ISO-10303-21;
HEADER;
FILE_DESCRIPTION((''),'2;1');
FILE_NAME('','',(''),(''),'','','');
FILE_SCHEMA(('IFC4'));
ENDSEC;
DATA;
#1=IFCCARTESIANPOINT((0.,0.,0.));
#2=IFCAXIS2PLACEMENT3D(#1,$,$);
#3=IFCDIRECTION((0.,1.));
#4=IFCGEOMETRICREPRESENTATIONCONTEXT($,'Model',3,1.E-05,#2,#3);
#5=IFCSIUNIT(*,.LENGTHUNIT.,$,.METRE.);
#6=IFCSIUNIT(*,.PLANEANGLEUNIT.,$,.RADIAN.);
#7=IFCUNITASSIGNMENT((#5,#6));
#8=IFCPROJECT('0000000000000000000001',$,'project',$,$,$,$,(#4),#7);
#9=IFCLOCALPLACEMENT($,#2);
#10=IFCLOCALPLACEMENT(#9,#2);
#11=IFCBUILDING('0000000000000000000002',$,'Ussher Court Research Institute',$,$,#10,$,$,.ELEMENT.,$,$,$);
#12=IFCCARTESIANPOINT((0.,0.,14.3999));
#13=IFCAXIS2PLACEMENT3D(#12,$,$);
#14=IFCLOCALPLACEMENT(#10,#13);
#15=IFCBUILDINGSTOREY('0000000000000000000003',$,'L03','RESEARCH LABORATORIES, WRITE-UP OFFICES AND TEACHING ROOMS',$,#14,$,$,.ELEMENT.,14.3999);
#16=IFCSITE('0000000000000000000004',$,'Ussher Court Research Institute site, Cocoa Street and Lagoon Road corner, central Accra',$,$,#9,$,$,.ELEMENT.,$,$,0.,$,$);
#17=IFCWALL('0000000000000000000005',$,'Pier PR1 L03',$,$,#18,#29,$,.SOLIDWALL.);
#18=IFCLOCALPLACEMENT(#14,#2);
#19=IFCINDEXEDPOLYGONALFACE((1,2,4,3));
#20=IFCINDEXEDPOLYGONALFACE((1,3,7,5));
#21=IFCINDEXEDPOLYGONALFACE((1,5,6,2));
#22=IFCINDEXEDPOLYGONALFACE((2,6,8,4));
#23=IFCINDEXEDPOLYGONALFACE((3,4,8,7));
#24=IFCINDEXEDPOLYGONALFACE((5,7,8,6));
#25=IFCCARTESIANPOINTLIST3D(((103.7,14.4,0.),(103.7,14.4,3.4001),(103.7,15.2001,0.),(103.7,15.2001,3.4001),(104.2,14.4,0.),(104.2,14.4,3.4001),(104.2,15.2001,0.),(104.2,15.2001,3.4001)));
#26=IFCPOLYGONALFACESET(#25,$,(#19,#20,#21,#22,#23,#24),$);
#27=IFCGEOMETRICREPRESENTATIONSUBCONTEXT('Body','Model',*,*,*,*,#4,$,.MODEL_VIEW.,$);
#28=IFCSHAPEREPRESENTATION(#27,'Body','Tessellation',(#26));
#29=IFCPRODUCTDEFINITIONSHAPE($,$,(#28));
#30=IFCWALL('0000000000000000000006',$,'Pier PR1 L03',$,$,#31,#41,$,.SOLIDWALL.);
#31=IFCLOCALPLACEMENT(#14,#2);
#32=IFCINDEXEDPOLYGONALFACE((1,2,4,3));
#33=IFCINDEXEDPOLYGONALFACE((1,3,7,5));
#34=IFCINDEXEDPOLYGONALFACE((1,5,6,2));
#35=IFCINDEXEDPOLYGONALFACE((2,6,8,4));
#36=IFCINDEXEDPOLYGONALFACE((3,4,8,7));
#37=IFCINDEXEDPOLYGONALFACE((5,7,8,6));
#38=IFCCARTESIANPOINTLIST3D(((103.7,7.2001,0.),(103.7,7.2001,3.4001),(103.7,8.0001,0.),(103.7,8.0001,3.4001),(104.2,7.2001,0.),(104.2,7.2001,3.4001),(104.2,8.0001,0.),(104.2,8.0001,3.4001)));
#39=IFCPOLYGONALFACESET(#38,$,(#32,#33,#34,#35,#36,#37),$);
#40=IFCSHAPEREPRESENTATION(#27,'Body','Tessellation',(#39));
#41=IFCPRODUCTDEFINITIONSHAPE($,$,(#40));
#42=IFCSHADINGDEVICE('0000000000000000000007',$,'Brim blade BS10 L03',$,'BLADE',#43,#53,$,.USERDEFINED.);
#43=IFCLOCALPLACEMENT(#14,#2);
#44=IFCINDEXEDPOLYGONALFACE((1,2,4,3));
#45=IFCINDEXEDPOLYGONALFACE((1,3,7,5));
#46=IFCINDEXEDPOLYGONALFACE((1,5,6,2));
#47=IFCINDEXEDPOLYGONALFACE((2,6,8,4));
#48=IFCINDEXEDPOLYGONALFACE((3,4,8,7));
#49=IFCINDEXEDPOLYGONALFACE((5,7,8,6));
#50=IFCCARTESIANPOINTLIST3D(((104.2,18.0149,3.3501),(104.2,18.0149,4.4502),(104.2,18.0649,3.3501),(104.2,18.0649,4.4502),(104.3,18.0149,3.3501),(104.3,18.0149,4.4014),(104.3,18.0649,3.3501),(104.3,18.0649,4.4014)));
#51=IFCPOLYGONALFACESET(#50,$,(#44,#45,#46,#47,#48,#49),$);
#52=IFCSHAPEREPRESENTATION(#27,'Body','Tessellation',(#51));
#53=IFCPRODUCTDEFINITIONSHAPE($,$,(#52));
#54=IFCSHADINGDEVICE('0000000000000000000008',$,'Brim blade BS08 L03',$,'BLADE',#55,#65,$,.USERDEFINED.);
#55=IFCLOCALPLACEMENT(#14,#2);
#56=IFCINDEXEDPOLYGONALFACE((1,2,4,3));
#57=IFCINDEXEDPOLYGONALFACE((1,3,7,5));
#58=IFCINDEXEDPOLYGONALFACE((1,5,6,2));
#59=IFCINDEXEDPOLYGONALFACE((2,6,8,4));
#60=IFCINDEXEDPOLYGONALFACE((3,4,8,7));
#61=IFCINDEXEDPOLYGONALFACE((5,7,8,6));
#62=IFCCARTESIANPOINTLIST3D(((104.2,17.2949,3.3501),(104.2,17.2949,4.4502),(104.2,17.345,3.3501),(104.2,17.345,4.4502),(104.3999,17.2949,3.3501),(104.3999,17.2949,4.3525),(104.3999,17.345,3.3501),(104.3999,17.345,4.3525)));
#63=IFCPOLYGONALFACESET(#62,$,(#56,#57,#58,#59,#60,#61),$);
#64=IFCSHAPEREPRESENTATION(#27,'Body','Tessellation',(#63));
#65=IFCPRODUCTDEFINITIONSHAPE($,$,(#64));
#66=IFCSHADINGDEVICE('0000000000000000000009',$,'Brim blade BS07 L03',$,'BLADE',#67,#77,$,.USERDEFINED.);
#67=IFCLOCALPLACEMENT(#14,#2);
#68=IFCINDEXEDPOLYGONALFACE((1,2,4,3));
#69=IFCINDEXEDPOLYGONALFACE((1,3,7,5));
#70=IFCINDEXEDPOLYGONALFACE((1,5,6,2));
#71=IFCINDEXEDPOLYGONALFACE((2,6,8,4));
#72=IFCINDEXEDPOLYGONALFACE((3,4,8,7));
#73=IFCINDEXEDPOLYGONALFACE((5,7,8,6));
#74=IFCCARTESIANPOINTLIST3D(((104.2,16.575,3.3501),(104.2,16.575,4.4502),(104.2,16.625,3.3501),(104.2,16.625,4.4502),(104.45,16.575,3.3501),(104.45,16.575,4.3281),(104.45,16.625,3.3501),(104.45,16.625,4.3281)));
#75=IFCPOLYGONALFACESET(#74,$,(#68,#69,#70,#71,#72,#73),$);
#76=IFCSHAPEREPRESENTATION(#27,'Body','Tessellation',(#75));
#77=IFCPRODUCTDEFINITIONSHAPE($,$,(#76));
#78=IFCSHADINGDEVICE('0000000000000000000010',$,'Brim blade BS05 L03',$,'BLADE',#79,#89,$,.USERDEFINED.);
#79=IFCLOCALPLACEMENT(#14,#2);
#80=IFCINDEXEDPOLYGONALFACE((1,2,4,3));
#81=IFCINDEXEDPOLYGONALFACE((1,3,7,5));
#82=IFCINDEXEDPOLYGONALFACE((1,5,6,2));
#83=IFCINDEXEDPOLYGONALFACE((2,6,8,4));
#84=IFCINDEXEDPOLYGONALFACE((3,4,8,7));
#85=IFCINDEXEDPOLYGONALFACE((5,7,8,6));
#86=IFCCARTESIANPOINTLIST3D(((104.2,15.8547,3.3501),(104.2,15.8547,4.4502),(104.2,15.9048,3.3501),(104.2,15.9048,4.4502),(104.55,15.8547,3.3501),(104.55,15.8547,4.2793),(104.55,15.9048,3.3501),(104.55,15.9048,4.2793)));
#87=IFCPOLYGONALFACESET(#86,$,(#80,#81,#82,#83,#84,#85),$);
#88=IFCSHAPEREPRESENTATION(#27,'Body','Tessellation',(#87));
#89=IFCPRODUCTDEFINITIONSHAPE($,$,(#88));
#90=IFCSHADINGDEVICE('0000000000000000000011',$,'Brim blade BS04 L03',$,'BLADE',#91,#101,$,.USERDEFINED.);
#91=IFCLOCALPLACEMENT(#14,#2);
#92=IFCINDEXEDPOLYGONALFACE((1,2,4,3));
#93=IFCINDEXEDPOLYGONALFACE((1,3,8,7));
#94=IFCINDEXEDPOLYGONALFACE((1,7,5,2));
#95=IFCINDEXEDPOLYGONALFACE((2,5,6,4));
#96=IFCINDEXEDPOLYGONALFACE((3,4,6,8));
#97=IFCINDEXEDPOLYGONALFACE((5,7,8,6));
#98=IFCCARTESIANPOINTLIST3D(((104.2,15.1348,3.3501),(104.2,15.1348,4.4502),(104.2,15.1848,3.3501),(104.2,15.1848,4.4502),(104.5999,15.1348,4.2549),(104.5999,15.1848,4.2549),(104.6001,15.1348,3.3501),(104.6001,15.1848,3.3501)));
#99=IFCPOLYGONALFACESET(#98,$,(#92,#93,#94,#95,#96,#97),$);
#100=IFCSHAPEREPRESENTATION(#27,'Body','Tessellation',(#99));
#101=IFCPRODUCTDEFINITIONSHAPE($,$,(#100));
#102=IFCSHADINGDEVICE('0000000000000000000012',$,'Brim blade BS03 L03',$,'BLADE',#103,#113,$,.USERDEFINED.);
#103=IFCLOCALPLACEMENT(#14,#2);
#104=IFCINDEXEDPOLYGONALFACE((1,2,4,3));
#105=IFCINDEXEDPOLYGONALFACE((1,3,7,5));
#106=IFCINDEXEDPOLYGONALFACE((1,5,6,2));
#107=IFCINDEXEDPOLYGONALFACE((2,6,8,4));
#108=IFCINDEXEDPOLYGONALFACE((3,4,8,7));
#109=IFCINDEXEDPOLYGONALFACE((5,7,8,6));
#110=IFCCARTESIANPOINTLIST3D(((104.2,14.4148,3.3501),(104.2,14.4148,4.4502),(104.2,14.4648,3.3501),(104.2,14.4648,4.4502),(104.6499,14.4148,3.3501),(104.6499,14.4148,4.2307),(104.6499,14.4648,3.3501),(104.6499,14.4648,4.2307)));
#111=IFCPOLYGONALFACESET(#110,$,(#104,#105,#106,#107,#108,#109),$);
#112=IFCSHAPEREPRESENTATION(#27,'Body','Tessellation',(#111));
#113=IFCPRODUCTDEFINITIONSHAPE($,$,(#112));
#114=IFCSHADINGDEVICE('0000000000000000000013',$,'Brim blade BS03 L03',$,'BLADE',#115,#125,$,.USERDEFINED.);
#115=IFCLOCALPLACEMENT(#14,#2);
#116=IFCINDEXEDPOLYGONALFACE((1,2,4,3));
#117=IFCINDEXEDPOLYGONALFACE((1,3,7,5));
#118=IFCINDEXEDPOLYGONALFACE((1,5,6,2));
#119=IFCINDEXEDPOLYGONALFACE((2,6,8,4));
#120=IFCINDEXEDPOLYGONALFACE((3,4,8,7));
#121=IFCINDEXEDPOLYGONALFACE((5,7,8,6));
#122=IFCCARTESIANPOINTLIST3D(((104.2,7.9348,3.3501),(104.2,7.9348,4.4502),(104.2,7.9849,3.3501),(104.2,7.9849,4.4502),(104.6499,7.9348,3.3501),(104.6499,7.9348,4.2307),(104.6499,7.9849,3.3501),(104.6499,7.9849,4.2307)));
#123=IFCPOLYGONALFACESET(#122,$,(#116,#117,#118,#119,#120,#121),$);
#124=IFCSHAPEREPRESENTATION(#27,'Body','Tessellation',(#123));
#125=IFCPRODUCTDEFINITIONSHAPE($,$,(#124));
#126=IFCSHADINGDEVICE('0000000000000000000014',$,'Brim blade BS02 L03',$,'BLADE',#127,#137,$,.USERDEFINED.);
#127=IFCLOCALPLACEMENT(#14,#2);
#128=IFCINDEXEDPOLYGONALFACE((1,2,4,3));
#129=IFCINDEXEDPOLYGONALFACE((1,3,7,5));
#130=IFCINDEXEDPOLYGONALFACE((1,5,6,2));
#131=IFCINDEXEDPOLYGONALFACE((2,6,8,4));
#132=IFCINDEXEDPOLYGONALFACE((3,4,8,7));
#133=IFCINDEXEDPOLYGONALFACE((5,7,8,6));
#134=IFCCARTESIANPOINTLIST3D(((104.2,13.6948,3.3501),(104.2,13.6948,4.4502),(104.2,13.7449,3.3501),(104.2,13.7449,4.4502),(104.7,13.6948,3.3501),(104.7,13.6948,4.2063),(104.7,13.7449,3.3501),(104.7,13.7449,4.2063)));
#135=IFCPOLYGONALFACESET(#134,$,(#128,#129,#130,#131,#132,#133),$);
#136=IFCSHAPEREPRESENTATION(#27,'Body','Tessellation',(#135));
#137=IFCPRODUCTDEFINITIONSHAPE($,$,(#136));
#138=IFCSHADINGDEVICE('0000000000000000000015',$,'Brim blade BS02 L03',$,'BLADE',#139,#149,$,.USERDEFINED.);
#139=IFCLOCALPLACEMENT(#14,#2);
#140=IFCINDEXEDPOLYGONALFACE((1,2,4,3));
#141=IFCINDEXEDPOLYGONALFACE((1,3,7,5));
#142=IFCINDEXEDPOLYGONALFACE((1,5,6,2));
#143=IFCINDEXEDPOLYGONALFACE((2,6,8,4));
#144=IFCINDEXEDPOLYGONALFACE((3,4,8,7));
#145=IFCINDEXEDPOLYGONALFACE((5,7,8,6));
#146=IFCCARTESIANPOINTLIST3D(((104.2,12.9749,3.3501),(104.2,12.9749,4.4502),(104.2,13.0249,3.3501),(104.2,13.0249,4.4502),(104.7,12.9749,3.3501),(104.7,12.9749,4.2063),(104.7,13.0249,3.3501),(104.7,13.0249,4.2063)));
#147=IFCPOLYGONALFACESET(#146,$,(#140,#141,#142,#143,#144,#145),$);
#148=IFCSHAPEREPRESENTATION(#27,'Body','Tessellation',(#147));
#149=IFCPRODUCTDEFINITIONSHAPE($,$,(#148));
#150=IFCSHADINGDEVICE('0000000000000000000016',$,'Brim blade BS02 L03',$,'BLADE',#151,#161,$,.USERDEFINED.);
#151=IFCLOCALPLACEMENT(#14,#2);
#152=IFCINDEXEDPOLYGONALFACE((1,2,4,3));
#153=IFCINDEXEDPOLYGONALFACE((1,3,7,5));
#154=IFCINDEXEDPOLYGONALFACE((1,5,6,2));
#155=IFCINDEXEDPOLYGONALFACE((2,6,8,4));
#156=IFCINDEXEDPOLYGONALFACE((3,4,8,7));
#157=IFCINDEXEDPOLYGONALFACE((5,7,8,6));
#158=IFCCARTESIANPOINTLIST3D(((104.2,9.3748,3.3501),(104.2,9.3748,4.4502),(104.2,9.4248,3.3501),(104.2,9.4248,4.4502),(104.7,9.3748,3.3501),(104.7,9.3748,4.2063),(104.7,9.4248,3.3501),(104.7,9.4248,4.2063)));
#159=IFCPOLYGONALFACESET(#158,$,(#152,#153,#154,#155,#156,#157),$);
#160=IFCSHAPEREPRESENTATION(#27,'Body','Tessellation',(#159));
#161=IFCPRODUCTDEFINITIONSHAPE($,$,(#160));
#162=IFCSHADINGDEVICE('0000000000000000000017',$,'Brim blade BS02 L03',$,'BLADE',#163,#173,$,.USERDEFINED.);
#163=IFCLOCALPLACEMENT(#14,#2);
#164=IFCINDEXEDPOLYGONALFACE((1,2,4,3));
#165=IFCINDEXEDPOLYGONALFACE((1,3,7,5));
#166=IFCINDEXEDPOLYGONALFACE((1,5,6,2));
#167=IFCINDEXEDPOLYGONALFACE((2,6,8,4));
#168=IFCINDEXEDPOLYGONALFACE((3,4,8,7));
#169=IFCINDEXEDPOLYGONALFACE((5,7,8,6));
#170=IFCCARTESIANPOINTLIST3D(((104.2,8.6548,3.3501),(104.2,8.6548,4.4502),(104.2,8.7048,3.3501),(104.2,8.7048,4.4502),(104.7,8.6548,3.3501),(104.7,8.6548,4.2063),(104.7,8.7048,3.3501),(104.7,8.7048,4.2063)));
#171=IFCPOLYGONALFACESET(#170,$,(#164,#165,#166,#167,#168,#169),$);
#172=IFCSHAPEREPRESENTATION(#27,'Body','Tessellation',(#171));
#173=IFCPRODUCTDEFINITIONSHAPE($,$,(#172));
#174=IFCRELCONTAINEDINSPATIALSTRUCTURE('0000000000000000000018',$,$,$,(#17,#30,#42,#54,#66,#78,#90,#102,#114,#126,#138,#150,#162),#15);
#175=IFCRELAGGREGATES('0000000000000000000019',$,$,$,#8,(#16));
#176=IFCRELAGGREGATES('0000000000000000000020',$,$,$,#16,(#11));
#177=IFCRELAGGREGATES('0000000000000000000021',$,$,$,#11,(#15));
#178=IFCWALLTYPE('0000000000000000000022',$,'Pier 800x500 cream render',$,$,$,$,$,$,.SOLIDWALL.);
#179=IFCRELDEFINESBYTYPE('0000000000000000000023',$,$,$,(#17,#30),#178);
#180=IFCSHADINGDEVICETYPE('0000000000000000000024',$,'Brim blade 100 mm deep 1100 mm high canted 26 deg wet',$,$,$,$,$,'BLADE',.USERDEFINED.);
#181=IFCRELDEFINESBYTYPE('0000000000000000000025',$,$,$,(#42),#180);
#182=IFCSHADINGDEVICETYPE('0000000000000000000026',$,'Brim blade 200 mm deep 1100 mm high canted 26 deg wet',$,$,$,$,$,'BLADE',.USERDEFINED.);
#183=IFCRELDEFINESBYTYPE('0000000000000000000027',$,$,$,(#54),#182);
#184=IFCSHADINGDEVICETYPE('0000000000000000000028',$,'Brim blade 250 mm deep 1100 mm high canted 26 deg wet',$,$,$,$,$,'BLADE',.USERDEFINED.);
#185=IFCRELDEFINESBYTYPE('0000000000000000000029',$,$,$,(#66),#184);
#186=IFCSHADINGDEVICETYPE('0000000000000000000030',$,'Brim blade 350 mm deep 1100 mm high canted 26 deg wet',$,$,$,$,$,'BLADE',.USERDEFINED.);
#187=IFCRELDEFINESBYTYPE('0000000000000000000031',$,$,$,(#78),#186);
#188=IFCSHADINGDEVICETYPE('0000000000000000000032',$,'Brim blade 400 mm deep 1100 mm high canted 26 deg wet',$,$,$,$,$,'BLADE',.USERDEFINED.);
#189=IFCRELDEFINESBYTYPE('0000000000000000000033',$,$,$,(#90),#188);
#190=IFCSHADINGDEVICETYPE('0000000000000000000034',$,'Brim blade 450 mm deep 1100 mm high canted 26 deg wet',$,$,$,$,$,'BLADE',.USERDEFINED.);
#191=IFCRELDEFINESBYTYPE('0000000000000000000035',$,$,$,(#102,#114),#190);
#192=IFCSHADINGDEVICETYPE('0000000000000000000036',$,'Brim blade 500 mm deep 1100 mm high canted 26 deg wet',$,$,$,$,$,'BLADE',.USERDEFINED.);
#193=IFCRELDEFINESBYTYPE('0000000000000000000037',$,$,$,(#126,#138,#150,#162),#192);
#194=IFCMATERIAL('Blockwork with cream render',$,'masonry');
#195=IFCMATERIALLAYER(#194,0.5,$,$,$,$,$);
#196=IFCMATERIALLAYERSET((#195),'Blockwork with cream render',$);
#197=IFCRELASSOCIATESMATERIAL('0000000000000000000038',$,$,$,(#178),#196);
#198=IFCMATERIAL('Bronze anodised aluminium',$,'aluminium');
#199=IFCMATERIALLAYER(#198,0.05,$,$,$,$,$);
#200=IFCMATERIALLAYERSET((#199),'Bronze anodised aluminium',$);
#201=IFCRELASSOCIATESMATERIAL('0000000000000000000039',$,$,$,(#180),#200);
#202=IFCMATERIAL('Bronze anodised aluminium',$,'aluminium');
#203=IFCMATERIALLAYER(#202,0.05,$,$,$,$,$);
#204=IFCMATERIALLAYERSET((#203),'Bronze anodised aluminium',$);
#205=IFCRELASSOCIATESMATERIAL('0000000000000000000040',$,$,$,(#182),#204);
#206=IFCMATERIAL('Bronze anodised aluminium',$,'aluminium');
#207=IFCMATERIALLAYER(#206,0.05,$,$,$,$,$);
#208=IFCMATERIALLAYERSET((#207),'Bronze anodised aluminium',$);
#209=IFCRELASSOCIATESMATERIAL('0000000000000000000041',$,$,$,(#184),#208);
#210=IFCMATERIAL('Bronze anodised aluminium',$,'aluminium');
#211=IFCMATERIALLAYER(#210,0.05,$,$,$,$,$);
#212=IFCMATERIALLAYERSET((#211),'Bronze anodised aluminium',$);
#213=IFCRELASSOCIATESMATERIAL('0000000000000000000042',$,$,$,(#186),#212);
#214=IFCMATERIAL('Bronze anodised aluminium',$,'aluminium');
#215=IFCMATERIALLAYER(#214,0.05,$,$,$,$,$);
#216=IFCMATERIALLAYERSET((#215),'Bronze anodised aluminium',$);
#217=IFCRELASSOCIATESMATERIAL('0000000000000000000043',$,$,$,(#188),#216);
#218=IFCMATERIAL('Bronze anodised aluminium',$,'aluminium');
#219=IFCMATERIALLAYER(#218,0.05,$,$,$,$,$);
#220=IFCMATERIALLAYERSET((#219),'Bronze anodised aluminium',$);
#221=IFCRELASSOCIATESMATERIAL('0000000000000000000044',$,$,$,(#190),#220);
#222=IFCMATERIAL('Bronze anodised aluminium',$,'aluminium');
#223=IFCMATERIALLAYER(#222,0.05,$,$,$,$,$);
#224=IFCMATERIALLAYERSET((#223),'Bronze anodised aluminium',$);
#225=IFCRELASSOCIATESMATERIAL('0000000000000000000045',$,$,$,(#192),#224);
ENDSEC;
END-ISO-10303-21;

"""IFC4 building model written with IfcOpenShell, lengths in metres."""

from ifc_helpers import new_model, si_unit, direction, frame, frame_2d, origin, place, context, subcontext, project, spatial, polyline, rectangle, outline, extrude, material, layer, layer_set, type_object, element, save


model = new_model("IFC4")

# Units and contexts
model_context = context("Model", 3, precision=1e-05, world=origin(), true_north=direction((0.0, 1.0)))
body_context = subcontext(model_context, "Body", "Model", "MODEL_VIEW")
ifc_project = project(units=[si_unit("LENGTHUNIT", "METRE"), si_unit("PLANEANGLEUNIT", "RADIAN")], contexts=[model_context])

# Site, building, storey
site_placement = place(None, origin())
site = spatial("IfcSite", under=ifc_project, at=site_placement, Name="Ussher Court Research Institute site, Cocoa Street and Lagoon Road corner, central Accra", CompositionType="ELEMENT", RefElevation=0.0)
building_placement = place(site_placement, origin())
building = spatial("IfcBuilding", under=site, at=building_placement, Name="Ussher Court Research Institute", CompositionType="ELEMENT")
storey_placement = place(building_placement, frame((0.0, 0.0, 14.3999)))
storey = spatial("IfcBuildingStorey", under=building, at=storey_placement, Name="L03", Description="RESEARCH LABORATORIES, WRITE-UP OFFICES AND TEACHING ROOMS", CompositionType="ELEMENT", Elevation=14.3999)

# Walls
ifc_material_1 = material(Name="Blockwork with cream render", Category="masonry")
ifc_layer_1 = layer(ifc_material_1, 0.5)
ifc_layer_set_1 = layer_set([ifc_layer_1], Name="Blockwork with cream render")
wall_type_1 = type_object("IfcWallType", Name="Pier 800x500 cream render", PredefinedType="SOLIDWALL", material=ifc_layer_set_1)
for number, where, z_axis, x_axis, name in (
    (1, (103.95, 15.2, 0.0), (0.0, 0.0, 1.0), (0.0, -1.0, 0.0), "Pier PR1 L03"),
    (2, (103.95, 8.0, 0.0), (0.0, 0.0, 1.0), (0.0, -1.0, 0.0), "Pier PR1 L03"),
):
    element("IfcWall", number, at=place(storey_placement, frame(where, z_axis=z_axis, x_axis=x_axis)), inside=storey, type_object=wall_type_1, Name=name, PredefinedType="SOLIDWALL", context=body_context, shape_type="SweptSolid", body=[
        extrude(rectangle(XDim=0.8, YDim=0.5, at=frame_2d((0.3999, 0.0))), origin(), (0.0, 0.0, 1.0), 3.4001),
    ])

# Shading devices
ifc_material_2 = material(Name="Bronze anodised aluminium", Category="aluminium")
ifc_layer_2 = layer(ifc_material_2, 0.05)
ifc_layer_set_2 = layer_set([ifc_layer_2], Name="Bronze anodised aluminium")
shading_device_type_1 = type_object("IfcShadingDeviceType", Name="Brim blade 100 mm deep 1100 mm high canted 26 deg wet", ElementType="BLADE", PredefinedType="USERDEFINED", material=ifc_layer_set_2)
shading_device_1_placement = place(storey_placement, frame((104.2, 18.04, 3.3501), z_axis=(0.0, 0.0, 1.0), x_axis=(1.0, 0.0, 0.0)))
element("IfcShadingDevice", 3, at=shading_device_1_placement, inside=storey, type_object=shading_device_type_1, Name="Brim blade BS10 L03", ObjectType="BLADE", PredefinedType="USERDEFINED", context=body_context, shape_type="SweptSolid", body=[
    extrude(outline(polyline([(0.0, 0.0), (0.1001, 0.0), (0.1001, 1.0513), (0.0, 1.1001), (0.0, 0.0)])), frame((0.0, 0.0249, 0.0), z_axis=(0.0, -1.0, 0.0), x_axis=(1.0, 0.0, 0.0)), (0.0, 0.0, 1.0), 0.05),
])
ifc_material_3 = material(Name="Bronze anodised aluminium", Category="aluminium")
ifc_layer_3 = layer(ifc_material_3, 0.05)
ifc_layer_set_3 = layer_set([ifc_layer_3], Name="Bronze anodised aluminium")
shading_device_type_2 = type_object("IfcShadingDeviceType", Name="Brim blade 200 mm deep 1100 mm high canted 26 deg wet", ElementType="BLADE", PredefinedType="USERDEFINED", material=ifc_layer_set_3)
shading_device_2_placement = place(storey_placement, frame((104.2, 17.3201, 3.3501), z_axis=(0.0, 0.0, 1.0), x_axis=(1.0, 0.0, 0.0)))
element("IfcShadingDevice", 4, at=shading_device_2_placement, inside=storey, type_object=shading_device_type_2, Name="Brim blade BS08 L03", ObjectType="BLADE", PredefinedType="USERDEFINED", context=body_context, shape_type="SweptSolid", body=[
    extrude(outline(polyline([(0.0, 0.0), (0.2, 0.0), (0.2, 1.0024), (0.0, 1.1001), (0.0, 0.0)])), frame((0.0, 0.0249, 0.0), z_axis=(0.0, -1.0, 0.0), x_axis=(1.0, 0.0, 0.0)), (0.0, 0.0, 1.0), 0.05),
])
ifc_material_4 = material(Name="Bronze anodised aluminium", Category="aluminium")
ifc_layer_4 = layer(ifc_material_4, 0.05)
ifc_layer_set_4 = layer_set([ifc_layer_4], Name="Bronze anodised aluminium")
shading_device_type_3 = type_object("IfcShadingDeviceType", Name="Brim blade 250 mm deep 1100 mm high canted 26 deg wet", ElementType="BLADE", PredefinedType="USERDEFINED", material=ifc_layer_set_4)
shading_device_3_placement = place(storey_placement, frame((104.2, 16.6001, 3.3501), z_axis=(0.0, 0.0, 1.0), x_axis=(1.0, 0.0, 0.0)))
element("IfcShadingDevice", 5, at=shading_device_3_placement, inside=storey, type_object=shading_device_type_3, Name="Brim blade BS07 L03", ObjectType="BLADE", PredefinedType="USERDEFINED", context=body_context, shape_type="SweptSolid", body=[
    extrude(outline(polyline([(0.0, 0.0), (0.25, 0.0), (0.25, 0.978), (0.0, 1.1001), (0.0, 0.0)])), frame((0.0, 0.0249, 0.0), z_axis=(0.0, -1.0, 0.0), x_axis=(1.0, 0.0, 0.0)), (0.0, 0.0, 1.0), 0.05),
])
ifc_material_5 = material(Name="Bronze anodised aluminium", Category="aluminium")
ifc_layer_5 = layer(ifc_material_5, 0.05)
ifc_layer_set_5 = layer_set([ifc_layer_5], Name="Bronze anodised aluminium")
shading_device_type_4 = type_object("IfcShadingDeviceType", Name="Brim blade 350 mm deep 1100 mm high canted 26 deg wet", ElementType="BLADE", PredefinedType="USERDEFINED", material=ifc_layer_set_5)
shading_device_4_placement = place(storey_placement, frame((104.2, 15.8799, 3.3501), z_axis=(0.0, 0.0, 1.0), x_axis=(1.0, 0.0, 0.0)))
element("IfcShadingDevice", 6, at=shading_device_4_placement, inside=storey, type_object=shading_device_type_4, Name="Brim blade BS05 L03", ObjectType="BLADE", PredefinedType="USERDEFINED", context=body_context, shape_type="SweptSolid", body=[
    extrude(outline(polyline([(0.0, 0.0), (0.3501, 0.0), (0.3501, 0.9292), (0.0, 1.1001), (0.0, 0.0)])), frame((0.0, 0.0249, 0.0), z_axis=(0.0, -1.0, 0.0), x_axis=(1.0, 0.0, 0.0)), (0.0, 0.0, 1.0), 0.05),
])
ifc_material_6 = material(Name="Bronze anodised aluminium", Category="aluminium")
ifc_layer_6 = layer(ifc_material_6, 0.05)
ifc_layer_set_6 = layer_set([ifc_layer_6], Name="Bronze anodised aluminium")
shading_device_type_5 = type_object("IfcShadingDeviceType", Name="Brim blade 400 mm deep 1100 mm high canted 26 deg wet", ElementType="BLADE", PredefinedType="USERDEFINED", material=ifc_layer_set_6)
shading_device_5_placement = place(storey_placement, frame((104.2, 15.1599, 3.3501), z_axis=(0.0, 0.0, 1.0), x_axis=(1.0, 0.0, 0.0)))
element("IfcShadingDevice", 7, at=shading_device_5_placement, inside=storey, type_object=shading_device_type_5, Name="Brim blade BS04 L03", ObjectType="BLADE", PredefinedType="USERDEFINED", context=body_context, shape_type="SweptSolid", body=[
    extrude(outline(polyline([(0.0, 0.0), (0.4001, 0.0), (0.3999, 0.9048), (0.0, 1.1001), (0.0, 0.0)])), frame((0.0, 0.0249, 0.0), z_axis=(0.0, -1.0, 0.0), x_axis=(1.0, 0.0, 0.0)), (0.0, 0.0, 1.0), 0.05),
])
ifc_material_7 = material(Name="Bronze anodised aluminium", Category="aluminium")
ifc_layer_7 = layer(ifc_material_7, 0.05)
ifc_layer_set_7 = layer_set([ifc_layer_7], Name="Bronze anodised aluminium")
shading_device_type_6 = type_object("IfcShadingDeviceType", Name="Brim blade 450 mm deep 1100 mm high canted 26 deg wet", ElementType="BLADE", PredefinedType="USERDEFINED", material=ifc_layer_set_7)
for number, where, z_axis, x_axis, name in (
    (8, (104.2, 14.4399, 3.3501), (0.0, 0.0, 1.0), (1.0, 0.0, 0.0), "Brim blade BS03 L03"),
    (9, (104.2, 7.96, 3.3501), (0.0, 0.0, 1.0), (1.0, 0.0, 0.0), "Brim blade BS03 L03"),
):
    element("IfcShadingDevice", number, at=place(storey_placement, frame(where, z_axis=z_axis, x_axis=x_axis)), inside=storey, type_object=shading_device_type_6, Name=name, ObjectType="BLADE", PredefinedType="USERDEFINED", context=body_context, shape_type="SweptSolid", body=[
        extrude(outline(polyline([(0.0, 0.0), (0.45, 0.0), (0.45, 0.8806), (0.0, 1.1001), (0.0, 0.0)])), frame((0.0, 0.0249, 0.0), z_axis=(0.0, -1.0, 0.0), x_axis=(1.0, 0.0, 0.0)), (0.0, 0.0, 1.0), 0.05),
    ])
ifc_material_8 = material(Name="Bronze anodised aluminium", Category="aluminium")
ifc_layer_8 = layer(ifc_material_8, 0.05)
ifc_layer_set_8 = layer_set([ifc_layer_8], Name="Bronze anodised aluminium")
shading_device_type_7 = type_object("IfcShadingDeviceType", Name="Brim blade 500 mm deep 1100 mm high canted 26 deg wet", ElementType="BLADE", PredefinedType="USERDEFINED", material=ifc_layer_set_8)
for number, where, z_axis, x_axis, name in (
    (10, (104.2, 13.72, 3.3501), (0.0, 0.0, 1.0), (1.0, 0.0, 0.0), "Brim blade BS02 L03"),
    (11, (104.2, 13.0, 3.3501), (0.0, 0.0, 1.0), (1.0, 0.0, 0.0), "Brim blade BS02 L03"),
    (12, (104.2, 9.3999, 3.3501), (0.0, 0.0, 1.0), (1.0, 0.0, 0.0), "Brim blade BS02 L03"),
    (13, (104.2, 8.6799, 3.3501), (0.0, 0.0, 1.0), (1.0, 0.0, 0.0), "Brim blade BS02 L03"),
):
    element("IfcShadingDevice", number, at=place(storey_placement, frame(where, z_axis=z_axis, x_axis=x_axis)), inside=storey, type_object=shading_device_type_7, Name=name, ObjectType="BLADE", PredefinedType="USERDEFINED", context=body_context, shape_type="SweptSolid", body=[
        extrude(outline(polyline([(0.0, 0.0), (0.5, 0.0), (0.5, 0.8562), (0.0, 1.1001), (0.0, 0.0)])), frame((0.0, 0.0249, 0.0), z_axis=(0.0, -1.0, 0.0), x_axis=(1.0, 0.0, 0.0)), (0.0, 0.0, 1.0), 0.05),
    ])

save(model, "model.ifc")
